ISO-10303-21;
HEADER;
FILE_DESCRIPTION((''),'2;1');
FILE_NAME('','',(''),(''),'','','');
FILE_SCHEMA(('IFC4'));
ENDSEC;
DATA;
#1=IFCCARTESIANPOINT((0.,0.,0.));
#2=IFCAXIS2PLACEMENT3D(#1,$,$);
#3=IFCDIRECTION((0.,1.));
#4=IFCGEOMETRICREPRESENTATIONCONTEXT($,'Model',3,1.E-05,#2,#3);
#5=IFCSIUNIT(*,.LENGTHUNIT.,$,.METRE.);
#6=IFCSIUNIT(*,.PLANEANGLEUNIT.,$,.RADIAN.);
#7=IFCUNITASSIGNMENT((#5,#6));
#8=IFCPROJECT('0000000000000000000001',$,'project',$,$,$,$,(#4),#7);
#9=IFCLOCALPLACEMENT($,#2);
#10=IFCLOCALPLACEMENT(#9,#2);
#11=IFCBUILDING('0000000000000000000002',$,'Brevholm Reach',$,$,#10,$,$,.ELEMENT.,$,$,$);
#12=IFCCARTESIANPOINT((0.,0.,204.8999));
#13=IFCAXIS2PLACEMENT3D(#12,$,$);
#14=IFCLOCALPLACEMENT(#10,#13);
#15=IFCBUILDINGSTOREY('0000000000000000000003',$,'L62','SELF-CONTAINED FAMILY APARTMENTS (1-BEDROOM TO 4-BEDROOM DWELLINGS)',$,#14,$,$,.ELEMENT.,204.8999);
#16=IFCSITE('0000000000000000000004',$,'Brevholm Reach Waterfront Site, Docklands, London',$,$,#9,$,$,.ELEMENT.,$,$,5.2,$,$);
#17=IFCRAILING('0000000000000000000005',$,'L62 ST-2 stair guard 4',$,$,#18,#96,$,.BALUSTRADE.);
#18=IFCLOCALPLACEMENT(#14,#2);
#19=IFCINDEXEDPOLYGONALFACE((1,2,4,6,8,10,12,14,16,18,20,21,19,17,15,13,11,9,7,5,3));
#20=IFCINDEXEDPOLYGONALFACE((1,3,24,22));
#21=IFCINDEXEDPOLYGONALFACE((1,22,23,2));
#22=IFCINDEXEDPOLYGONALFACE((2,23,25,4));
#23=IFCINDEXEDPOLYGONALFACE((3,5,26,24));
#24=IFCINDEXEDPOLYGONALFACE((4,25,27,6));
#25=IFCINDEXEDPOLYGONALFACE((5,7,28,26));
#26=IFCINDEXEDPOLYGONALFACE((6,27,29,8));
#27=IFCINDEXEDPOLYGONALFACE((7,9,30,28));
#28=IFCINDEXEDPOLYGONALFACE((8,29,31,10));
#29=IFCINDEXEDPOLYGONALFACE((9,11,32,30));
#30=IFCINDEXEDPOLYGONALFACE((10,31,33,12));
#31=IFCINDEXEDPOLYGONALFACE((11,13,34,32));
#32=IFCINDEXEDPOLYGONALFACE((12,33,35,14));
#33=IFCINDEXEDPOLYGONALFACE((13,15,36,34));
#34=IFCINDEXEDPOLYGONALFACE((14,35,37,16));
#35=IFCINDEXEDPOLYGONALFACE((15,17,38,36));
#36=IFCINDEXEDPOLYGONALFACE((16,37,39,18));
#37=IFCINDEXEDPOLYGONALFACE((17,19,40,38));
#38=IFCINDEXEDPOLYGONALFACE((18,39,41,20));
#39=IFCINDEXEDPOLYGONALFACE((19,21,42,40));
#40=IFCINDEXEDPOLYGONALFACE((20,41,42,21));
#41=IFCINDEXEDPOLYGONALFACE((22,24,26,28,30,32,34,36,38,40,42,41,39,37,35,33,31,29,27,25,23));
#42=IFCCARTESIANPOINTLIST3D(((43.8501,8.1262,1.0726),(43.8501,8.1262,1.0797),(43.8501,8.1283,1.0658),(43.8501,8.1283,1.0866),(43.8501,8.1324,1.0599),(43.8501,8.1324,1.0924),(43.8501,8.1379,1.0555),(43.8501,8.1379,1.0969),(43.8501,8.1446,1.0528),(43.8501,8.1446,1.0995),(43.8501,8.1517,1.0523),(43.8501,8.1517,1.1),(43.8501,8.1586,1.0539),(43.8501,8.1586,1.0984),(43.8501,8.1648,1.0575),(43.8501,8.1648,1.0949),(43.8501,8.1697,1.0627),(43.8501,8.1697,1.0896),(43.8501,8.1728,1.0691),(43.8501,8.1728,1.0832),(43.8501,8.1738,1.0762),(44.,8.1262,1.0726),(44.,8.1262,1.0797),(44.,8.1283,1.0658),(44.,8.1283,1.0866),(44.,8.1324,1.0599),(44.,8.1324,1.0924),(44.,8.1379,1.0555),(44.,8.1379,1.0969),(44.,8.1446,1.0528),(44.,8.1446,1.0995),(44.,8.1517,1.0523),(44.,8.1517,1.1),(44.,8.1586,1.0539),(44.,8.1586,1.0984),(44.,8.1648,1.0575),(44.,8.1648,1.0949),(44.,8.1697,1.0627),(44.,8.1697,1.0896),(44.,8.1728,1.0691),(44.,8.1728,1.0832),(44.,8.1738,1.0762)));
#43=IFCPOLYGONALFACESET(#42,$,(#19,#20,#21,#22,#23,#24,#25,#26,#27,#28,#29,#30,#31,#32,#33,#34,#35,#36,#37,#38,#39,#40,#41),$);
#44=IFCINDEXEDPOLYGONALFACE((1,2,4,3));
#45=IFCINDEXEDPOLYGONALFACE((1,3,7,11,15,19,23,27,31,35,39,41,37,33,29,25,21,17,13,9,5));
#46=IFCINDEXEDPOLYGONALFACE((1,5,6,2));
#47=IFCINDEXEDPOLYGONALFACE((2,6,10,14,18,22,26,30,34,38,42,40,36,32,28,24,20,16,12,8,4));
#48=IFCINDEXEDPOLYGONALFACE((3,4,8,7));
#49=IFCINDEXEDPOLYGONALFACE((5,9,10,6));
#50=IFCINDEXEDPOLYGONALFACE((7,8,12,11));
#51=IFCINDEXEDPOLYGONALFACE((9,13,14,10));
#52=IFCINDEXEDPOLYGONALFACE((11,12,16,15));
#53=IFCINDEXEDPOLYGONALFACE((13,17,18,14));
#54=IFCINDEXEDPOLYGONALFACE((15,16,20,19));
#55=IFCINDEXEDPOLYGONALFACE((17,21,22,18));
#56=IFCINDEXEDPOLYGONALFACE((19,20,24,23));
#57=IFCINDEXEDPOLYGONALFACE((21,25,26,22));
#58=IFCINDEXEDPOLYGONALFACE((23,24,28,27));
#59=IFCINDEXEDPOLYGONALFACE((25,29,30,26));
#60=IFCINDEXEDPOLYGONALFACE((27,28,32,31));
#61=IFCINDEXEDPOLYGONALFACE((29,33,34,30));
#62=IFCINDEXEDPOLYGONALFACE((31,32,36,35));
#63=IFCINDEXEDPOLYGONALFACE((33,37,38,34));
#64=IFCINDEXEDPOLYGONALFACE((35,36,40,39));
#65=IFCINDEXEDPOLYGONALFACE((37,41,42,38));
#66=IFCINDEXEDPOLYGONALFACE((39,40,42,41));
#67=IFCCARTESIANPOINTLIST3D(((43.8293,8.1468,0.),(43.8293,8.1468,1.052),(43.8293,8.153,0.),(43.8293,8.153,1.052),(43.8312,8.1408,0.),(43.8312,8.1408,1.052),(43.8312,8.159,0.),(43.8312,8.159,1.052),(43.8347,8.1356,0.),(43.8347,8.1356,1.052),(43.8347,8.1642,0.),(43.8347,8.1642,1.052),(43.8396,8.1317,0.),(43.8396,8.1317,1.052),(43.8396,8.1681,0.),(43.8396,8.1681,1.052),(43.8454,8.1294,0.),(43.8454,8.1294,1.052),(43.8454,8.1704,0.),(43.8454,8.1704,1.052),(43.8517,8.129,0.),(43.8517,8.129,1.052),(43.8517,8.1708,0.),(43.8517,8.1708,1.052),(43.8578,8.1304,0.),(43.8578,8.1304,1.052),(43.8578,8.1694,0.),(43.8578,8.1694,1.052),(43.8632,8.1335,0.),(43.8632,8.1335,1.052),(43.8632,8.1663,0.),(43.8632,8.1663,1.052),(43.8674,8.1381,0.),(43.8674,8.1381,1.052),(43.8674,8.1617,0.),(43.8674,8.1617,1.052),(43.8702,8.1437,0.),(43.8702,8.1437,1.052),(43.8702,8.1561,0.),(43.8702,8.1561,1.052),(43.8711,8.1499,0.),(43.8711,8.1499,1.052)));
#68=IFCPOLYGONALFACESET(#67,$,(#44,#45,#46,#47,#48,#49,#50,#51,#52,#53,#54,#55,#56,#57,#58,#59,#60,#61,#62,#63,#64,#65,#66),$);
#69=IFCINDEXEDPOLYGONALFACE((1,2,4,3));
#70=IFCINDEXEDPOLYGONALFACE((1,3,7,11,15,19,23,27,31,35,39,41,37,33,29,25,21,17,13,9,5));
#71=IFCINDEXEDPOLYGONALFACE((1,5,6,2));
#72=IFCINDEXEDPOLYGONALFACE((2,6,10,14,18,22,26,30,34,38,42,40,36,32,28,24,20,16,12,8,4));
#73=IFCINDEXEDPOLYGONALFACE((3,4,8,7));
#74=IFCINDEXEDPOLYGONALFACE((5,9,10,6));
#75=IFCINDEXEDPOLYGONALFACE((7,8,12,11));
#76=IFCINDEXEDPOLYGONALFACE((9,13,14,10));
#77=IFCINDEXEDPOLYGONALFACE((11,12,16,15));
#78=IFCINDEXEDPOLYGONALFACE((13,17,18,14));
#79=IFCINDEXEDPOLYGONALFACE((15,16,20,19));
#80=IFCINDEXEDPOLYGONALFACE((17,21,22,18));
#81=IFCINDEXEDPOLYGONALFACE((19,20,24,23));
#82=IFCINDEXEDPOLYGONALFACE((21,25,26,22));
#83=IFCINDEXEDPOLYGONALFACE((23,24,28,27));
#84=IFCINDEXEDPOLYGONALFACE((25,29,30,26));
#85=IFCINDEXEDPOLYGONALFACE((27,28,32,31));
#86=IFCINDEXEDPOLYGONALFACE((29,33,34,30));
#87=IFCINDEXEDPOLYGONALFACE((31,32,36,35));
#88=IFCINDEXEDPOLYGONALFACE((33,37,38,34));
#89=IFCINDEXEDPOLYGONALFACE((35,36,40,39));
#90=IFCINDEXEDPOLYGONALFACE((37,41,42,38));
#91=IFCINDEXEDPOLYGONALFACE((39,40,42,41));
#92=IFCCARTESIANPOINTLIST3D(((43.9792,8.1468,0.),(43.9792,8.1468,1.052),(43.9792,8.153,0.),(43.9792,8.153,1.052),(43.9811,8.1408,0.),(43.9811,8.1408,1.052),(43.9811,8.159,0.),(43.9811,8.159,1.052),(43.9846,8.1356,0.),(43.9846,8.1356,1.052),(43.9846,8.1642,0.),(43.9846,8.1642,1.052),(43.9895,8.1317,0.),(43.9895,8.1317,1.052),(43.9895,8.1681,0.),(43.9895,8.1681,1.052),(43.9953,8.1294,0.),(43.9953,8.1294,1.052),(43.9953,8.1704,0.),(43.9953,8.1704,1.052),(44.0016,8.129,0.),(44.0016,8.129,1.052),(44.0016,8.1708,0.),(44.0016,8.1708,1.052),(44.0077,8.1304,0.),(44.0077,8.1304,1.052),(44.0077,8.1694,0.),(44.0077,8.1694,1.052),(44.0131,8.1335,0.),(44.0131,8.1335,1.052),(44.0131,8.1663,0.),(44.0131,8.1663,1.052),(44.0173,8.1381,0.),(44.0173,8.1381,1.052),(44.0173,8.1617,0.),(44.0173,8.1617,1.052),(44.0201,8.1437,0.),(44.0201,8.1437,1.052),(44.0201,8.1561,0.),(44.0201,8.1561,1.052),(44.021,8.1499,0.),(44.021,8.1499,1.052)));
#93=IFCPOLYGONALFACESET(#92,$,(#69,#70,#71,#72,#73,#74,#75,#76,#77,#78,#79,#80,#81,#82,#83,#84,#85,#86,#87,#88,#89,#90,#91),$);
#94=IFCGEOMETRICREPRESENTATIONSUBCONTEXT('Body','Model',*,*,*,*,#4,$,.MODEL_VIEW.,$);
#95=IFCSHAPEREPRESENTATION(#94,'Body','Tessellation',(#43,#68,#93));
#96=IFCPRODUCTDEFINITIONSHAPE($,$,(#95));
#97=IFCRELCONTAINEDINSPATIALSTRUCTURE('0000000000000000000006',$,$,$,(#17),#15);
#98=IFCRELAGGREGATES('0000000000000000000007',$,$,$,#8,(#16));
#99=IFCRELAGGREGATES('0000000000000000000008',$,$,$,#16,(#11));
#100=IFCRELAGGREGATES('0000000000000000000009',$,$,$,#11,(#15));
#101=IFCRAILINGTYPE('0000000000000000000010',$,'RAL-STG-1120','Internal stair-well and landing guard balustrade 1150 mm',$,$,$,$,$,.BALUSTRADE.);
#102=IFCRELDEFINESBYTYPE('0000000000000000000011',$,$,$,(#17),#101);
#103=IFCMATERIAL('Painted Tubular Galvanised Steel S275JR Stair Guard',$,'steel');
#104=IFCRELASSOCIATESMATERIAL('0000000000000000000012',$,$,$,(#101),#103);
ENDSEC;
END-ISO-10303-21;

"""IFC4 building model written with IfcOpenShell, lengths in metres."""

from ifc_helpers import new_model, si_unit, direction, frame, origin, origin_2d, place, context, subcontext, project, spatial, circle, extrude, material, type_object, element, save


model = new_model("IFC4")

# Units and contexts
model_context = context("Model", 3, precision=1e-05, world=origin(), true_north=direction((0.0, 1.0)))
body_context = subcontext(model_context, "Body", "Model", "MODEL_VIEW")
ifc_project = project(units=[si_unit("LENGTHUNIT", "METRE"), si_unit("PLANEANGLEUNIT", "RADIAN")], contexts=[model_context])

# Site, building, storey
site_placement = place(None, origin())
site = spatial("IfcSite", under=ifc_project, at=site_placement, Name="Brevholm Reach Waterfront Site, Docklands, London", CompositionType="ELEMENT", RefElevation=5.2)
building_placement = place(site_placement, origin())
building = spatial("IfcBuilding", under=site, at=building_placement, Name="Brevholm Reach", CompositionType="ELEMENT")
storey_placement = place(building_placement, frame((0.0, 0.0, 204.8999)))
storey = spatial("IfcBuildingStorey", under=building, at=storey_placement, Name="L62", Description="SELF-CONTAINED FAMILY APARTMENTS (1-BEDROOM TO 4-BEDROOM DWELLINGS)", CompositionType="ELEMENT", Elevation=204.8999)

# Railing
ifc_material_1 = material(Name="Painted Tubular Galvanised Steel S275JR Stair Guard", Category="steel")
railing_type_1 = type_object("IfcRailingType", Name="RAL-STG-1120", Description="Internal stair-well and landing guard balustrade 1150 mm", PredefinedType="BALUSTRADE", material=ifc_material_1)
railing_1_placement = place(storey_placement, frame((43.8501, 8.1499, 0.0)))
element("IfcRailing", 1, at=railing_1_placement, inside=storey, type_object=railing_type_1, Name="L62 ST-2 stair guard 4", PredefinedType="BALUSTRADE", context=body_context, shape_type="SweptSolid", body=[
    extrude(circle(Radius=0.0239, at=origin_2d()), frame((0.0, 0.0, 1.0762), z_axis=(1.0, 0.0, 0.0), x_axis=(0.0, 1.0, 0.0)), (0.0, 0.0, 1.0), 0.1499),
    extrude(circle(Radius=0.021, at=origin_2d()), origin(), (0.0, 0.0, 1.0), 1.052),
    extrude(circle(Radius=0.021, at=origin_2d()), frame((0.1499, 0.0, 0.0)), (0.0, 0.0, 1.0), 1.052),
])

save(model, "model.ifc")
